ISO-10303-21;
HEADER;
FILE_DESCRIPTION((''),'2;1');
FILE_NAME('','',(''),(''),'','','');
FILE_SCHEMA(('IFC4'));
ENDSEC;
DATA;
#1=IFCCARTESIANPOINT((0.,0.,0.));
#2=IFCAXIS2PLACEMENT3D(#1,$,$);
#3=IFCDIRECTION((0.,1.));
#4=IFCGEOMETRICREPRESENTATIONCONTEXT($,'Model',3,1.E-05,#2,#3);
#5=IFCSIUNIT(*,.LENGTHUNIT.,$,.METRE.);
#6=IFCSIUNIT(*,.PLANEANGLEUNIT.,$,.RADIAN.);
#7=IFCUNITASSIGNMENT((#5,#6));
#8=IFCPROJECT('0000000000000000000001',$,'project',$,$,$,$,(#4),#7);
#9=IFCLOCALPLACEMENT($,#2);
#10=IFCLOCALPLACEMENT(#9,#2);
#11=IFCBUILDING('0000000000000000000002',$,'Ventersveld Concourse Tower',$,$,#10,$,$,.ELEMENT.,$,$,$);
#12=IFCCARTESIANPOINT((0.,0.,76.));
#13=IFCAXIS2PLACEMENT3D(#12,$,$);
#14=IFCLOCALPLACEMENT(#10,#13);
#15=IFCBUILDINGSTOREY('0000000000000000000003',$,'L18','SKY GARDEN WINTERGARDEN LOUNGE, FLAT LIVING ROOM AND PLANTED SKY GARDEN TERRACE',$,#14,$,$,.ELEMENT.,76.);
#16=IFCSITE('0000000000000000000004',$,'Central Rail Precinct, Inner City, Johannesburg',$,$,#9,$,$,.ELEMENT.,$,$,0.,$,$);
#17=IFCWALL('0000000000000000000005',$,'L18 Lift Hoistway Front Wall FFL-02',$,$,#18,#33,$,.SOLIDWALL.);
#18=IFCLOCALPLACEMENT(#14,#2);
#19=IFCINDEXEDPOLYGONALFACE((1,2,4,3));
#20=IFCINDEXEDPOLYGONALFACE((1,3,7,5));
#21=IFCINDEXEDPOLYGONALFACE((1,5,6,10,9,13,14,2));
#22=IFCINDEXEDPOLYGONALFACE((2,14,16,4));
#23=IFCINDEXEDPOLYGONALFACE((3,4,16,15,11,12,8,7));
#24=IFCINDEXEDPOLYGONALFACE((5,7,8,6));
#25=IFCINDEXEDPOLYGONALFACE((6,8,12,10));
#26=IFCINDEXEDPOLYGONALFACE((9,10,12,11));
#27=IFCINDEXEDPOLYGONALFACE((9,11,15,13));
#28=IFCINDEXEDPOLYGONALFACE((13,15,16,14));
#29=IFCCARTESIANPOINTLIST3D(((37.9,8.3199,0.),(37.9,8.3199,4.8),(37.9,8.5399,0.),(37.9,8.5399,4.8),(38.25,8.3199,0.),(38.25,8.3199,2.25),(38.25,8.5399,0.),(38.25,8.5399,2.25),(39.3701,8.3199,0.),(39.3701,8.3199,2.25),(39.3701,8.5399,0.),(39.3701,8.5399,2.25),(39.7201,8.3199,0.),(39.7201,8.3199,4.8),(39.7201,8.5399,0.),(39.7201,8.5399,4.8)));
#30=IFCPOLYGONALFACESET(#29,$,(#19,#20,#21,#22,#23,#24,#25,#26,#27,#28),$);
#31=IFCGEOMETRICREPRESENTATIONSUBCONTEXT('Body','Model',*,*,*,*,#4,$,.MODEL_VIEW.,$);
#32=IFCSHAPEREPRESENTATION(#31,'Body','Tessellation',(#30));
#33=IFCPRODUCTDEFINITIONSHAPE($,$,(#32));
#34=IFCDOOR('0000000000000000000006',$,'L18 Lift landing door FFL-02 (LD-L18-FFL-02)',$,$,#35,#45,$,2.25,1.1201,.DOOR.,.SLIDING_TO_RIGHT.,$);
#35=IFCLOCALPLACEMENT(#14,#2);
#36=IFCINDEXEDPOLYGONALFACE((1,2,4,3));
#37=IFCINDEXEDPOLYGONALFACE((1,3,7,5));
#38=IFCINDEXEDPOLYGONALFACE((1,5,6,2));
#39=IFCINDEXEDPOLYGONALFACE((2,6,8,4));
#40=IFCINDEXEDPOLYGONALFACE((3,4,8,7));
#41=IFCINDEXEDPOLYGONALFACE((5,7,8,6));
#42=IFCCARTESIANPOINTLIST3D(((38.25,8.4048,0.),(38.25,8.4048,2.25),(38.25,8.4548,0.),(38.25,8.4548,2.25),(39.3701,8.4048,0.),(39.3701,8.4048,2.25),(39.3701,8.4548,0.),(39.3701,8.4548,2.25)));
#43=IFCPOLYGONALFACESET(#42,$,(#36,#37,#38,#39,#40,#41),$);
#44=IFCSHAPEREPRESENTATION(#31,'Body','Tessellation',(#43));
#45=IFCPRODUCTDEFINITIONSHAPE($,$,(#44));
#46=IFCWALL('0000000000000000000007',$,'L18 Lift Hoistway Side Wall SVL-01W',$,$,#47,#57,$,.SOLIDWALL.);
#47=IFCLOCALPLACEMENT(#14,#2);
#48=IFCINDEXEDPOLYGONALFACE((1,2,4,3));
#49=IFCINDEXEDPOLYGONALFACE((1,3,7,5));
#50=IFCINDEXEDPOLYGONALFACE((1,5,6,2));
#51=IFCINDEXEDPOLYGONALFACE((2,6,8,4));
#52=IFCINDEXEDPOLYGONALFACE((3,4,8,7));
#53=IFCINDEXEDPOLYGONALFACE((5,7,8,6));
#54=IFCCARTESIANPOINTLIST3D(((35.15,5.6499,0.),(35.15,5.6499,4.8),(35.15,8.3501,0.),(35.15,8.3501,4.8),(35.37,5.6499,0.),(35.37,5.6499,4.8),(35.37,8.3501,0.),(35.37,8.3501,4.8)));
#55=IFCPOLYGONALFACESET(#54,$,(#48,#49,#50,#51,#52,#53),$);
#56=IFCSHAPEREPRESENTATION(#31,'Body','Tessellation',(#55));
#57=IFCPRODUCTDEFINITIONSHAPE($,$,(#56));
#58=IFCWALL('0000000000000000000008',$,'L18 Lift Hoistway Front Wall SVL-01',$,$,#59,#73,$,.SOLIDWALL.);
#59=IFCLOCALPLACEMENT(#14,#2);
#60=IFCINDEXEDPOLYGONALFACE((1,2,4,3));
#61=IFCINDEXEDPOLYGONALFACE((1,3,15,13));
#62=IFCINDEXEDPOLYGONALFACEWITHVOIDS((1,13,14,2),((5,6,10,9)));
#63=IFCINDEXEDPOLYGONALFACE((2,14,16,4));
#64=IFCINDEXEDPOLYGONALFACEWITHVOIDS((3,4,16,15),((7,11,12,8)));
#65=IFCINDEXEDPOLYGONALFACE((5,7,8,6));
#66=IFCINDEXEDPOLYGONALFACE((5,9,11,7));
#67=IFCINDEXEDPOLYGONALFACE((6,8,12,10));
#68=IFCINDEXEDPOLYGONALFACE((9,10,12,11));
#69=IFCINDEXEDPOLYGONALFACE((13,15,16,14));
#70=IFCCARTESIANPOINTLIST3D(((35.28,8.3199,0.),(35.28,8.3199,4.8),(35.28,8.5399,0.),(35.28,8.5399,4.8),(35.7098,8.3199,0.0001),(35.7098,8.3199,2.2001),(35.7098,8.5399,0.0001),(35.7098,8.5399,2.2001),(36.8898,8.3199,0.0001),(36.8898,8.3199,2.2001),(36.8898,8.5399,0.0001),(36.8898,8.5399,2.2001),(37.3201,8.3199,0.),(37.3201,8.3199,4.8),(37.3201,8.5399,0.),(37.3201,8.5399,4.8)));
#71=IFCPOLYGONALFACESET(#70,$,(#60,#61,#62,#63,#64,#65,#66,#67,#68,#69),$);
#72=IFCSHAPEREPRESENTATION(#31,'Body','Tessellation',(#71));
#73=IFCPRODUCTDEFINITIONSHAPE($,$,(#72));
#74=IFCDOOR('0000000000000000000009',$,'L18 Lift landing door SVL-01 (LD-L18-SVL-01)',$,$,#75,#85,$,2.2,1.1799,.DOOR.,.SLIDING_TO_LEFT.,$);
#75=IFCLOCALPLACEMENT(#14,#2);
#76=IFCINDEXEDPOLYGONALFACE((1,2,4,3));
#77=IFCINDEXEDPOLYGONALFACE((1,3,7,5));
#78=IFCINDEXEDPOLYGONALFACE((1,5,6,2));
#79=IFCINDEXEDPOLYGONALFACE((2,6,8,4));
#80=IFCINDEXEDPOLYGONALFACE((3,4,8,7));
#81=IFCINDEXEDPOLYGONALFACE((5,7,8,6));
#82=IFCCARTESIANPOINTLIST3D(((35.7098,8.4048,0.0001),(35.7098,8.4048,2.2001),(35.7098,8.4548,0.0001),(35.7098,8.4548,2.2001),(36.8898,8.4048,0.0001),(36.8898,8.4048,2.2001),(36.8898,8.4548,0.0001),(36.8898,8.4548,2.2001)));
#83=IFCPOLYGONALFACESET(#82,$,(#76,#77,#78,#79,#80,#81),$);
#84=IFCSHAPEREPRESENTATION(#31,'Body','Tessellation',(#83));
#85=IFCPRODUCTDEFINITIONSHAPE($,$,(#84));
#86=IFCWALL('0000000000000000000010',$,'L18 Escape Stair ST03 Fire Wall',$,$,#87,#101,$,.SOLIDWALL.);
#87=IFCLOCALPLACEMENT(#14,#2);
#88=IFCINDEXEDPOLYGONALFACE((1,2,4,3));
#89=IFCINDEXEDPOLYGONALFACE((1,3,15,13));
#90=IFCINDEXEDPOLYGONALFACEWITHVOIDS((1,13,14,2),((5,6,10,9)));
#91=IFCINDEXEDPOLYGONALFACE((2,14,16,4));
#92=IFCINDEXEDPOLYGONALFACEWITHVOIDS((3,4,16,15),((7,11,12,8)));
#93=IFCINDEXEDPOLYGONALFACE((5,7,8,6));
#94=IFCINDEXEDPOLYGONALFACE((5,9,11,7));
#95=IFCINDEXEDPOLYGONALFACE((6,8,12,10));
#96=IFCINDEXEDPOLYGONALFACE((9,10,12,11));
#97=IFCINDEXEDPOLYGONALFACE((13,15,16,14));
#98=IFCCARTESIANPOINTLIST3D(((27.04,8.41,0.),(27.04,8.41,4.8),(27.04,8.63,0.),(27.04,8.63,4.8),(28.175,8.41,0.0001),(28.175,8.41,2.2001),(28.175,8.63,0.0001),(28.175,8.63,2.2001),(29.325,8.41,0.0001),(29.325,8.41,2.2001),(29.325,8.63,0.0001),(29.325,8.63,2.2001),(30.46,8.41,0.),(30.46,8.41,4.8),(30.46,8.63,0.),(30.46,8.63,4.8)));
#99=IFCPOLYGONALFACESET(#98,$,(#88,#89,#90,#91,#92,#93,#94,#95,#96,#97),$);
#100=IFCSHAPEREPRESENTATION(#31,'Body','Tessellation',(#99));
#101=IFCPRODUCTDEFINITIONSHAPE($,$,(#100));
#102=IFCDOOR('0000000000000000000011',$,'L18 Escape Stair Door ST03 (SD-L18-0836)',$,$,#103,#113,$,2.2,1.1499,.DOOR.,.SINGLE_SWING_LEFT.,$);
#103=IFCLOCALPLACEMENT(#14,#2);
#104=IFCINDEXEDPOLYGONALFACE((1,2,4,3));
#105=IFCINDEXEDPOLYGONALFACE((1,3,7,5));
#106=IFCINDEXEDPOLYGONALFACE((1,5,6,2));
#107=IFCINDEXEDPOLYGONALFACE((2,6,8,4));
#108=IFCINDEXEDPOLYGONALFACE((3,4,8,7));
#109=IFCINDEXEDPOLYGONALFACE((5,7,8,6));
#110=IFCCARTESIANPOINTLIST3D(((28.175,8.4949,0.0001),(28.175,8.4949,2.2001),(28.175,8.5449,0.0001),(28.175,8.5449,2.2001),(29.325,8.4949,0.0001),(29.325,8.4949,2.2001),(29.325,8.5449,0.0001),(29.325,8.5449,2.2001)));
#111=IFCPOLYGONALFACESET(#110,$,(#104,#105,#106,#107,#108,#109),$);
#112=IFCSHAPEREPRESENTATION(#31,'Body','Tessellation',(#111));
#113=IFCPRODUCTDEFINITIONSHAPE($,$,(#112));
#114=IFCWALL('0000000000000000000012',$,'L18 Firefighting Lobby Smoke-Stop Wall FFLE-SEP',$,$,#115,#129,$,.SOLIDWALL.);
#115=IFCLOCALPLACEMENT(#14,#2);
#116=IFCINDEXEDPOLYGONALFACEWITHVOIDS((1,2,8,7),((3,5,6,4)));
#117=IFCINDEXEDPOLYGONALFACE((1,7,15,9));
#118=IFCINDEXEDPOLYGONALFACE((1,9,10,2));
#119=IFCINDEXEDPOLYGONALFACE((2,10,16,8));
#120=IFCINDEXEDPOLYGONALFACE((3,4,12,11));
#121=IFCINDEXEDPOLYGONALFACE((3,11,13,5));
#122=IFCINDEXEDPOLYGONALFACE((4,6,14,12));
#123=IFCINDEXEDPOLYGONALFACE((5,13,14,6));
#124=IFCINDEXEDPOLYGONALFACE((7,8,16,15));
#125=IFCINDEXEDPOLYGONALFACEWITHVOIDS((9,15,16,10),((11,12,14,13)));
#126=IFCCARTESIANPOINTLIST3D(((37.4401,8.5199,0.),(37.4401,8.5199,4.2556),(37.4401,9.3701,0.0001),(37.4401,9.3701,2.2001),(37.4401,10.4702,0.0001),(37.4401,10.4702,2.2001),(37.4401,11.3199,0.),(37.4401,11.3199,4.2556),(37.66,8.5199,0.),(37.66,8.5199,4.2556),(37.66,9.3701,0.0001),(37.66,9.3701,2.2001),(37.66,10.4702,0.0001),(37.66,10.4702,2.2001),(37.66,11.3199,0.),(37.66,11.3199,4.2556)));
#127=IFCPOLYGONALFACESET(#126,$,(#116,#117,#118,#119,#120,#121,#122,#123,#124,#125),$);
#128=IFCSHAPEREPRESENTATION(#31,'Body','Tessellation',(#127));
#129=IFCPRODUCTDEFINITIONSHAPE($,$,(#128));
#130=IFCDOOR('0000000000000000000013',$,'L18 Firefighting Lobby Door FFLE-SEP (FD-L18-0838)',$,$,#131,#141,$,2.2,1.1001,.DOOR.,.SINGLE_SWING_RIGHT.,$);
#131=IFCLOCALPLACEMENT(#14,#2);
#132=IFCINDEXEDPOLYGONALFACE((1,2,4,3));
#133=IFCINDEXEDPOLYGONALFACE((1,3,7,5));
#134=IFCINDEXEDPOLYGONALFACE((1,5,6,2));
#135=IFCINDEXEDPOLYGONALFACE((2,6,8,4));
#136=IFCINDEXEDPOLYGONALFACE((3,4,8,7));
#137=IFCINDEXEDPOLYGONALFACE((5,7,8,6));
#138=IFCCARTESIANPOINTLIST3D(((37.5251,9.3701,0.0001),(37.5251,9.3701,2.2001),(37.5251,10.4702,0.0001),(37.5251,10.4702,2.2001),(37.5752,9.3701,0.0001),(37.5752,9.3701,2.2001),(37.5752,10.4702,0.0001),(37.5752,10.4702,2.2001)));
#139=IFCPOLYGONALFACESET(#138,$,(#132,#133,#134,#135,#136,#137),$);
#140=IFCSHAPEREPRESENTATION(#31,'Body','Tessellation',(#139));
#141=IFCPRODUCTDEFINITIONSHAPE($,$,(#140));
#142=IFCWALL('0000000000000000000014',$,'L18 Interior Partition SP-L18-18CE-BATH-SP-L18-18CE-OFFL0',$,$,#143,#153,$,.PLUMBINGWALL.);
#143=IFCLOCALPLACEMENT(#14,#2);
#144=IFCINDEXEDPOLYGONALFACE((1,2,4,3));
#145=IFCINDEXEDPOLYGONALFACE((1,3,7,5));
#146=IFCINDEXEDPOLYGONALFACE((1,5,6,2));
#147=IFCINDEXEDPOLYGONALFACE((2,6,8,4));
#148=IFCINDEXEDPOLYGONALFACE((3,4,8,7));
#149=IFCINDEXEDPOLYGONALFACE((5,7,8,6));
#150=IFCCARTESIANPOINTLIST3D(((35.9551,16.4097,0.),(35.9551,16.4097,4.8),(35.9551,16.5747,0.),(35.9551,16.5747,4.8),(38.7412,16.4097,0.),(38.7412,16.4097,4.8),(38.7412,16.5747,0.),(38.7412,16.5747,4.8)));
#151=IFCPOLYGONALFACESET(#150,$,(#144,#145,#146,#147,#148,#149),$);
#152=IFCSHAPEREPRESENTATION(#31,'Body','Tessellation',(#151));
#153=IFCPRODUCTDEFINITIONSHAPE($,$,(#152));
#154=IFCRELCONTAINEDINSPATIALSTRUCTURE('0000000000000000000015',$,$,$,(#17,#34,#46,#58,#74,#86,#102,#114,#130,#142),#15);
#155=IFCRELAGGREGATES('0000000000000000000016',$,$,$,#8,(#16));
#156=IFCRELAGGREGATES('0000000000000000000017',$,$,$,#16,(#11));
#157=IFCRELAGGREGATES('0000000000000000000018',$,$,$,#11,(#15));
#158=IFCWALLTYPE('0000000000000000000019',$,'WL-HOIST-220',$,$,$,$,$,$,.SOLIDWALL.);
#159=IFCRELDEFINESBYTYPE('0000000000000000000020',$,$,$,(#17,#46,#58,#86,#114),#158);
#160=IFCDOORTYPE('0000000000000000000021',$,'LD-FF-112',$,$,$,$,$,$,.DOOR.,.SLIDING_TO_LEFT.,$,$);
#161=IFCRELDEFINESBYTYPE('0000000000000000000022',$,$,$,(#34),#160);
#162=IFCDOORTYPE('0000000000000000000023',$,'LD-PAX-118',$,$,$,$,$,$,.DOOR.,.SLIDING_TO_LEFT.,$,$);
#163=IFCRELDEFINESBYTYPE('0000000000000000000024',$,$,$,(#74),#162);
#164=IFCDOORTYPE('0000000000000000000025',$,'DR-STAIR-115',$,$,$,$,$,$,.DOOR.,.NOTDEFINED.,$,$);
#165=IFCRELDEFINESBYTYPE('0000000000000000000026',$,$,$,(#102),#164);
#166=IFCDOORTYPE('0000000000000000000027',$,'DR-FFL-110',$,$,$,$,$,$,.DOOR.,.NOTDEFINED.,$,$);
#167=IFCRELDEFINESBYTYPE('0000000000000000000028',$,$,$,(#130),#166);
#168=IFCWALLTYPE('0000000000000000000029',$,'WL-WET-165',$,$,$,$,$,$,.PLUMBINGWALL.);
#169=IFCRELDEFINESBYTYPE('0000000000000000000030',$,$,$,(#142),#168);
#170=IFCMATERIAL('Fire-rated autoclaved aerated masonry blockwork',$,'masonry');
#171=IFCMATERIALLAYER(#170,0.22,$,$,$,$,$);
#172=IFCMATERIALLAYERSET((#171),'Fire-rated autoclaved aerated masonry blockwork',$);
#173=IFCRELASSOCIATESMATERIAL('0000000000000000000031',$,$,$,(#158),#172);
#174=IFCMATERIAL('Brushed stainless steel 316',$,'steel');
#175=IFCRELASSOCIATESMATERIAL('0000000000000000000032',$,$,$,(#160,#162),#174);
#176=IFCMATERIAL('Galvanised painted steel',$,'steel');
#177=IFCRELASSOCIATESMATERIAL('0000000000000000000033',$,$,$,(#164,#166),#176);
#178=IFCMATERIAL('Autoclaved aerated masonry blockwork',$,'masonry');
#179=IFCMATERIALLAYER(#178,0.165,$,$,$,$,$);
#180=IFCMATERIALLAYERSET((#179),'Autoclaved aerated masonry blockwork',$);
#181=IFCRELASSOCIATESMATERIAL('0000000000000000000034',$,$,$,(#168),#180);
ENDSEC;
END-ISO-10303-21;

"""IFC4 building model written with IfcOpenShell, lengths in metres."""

from ifc_helpers import new_model, si_unit, direction, frame, frame_2d, origin, place, context, subcontext, project, spatial, rectangle, extrude, material, layer, layer_set, type_object, element, fill, save


model = new_model("IFC4")

# Units and contexts
model_context = context("Model", 3, precision=1e-05, world=origin(), true_north=direction((0.0, 1.0)))
body_context = subcontext(model_context, "Body", "Model", "MODEL_VIEW")
ifc_project = project(units=[si_unit("LENGTHUNIT", "METRE"), si_unit("PLANEANGLEUNIT", "RADIAN")], contexts=[model_context])

# Site, building, storey
site_placement = place(None, origin())
site = spatial("IfcSite", under=ifc_project, at=site_placement, Name="Central Rail Precinct, Inner City, Johannesburg", CompositionType="ELEMENT", RefElevation=0.0)
building_placement = place(site_placement, origin())
building = spatial("IfcBuilding", under=site, at=building_placement, Name="Ventersveld Concourse Tower", CompositionType="ELEMENT")
storey_placement = place(building_placement, frame((0.0, 0.0, 76.0)))
storey = spatial("IfcBuildingStorey", under=building, at=storey_placement, Name="L18", Description="SKY GARDEN WINTERGARDEN LOUNGE, FLAT LIVING ROOM AND PLANTED SKY GARDEN TERRACE", CompositionType="ELEMENT", Elevation=76.0)

# Shared definitions
ifc_material_1 = material(Name="Fire-rated autoclaved aerated masonry blockwork", Category="masonry")

# Shared definitions
ifc_layer_1 = layer(ifc_material_1, 0.22)
ifc_layer_set_1 = layer_set([ifc_layer_1], Name="Fire-rated autoclaved aerated masonry blockwork")
wall_type_1 = type_object("IfcWallType", Name="WL-HOIST-220", PredefinedType="SOLIDWALL", material=ifc_layer_set_1)

# Wall, opening, door
wall_1_placement = place(storey_placement, frame((37.8999, 8.4299, 0.0), z_axis=(0.0, 0.0, 1.0), x_axis=(1.0, 0.0, 0.0)))
wall_1 = element("IfcWall", 1, at=wall_1_placement, inside=storey, type_object=wall_type_1, Name="L18 Lift Hoistway Front Wall FFL-02", PredefinedType="SOLIDWALL", context=body_context, shape_type="SweptSolid", body=[
    extrude(rectangle(XDim=1.8201, YDim=0.22, at=frame_2d((0.9102, 0.0))), origin(), (0.0, 0.0, 1.0), 4.8),
])
opening_1_placement = place(wall_1_placement, frame((0.3501, 0.0, 0.0)))
opening_1 = element("IfcOpeningElement", 2, at=opening_1_placement, cuts=wall_1, PredefinedType="OPENING", context=body_context, shape_type="SweptSolid", body=[
    extrude(rectangle(XDim=1.1201, YDim=2.25, at=frame_2d((0.5601, 1.125))), frame((0.0, 0.1201, 0.0), z_axis=(0.0, -1.0, 0.0), x_axis=(1.0, 0.0, 0.0)), (0.0, 0.0, 1.0), 0.24),
])
ifc_material_2 = material(Name="Brushed stainless steel 316", Category="steel")
door_type_1 = type_object("IfcDoorType", Name="LD-FF-112", OperationType="SLIDING_TO_LEFT", PredefinedType="DOOR", material=ifc_material_2)
door_1_placement = place(opening_1_placement, origin())
door_1 = element("IfcDoor", 3, at=door_1_placement, inside=storey, type_object=door_type_1, Name="L18 Lift landing door FFL-02 (LD-L18-FFL-02)", OperationType="SLIDING_TO_RIGHT", OverallHeight=2.25, OverallWidth=1.1201, PredefinedType="DOOR", context=body_context, shape_type="SweptSolid", body=[
    extrude(rectangle(XDim=1.1201, YDim=2.25, at=frame_2d((0.5601, 1.125))), frame((0.0, 0.0249, 0.0), z_axis=(0.0, -1.0, 0.0), x_axis=(1.0, 0.0, 0.0)), (0.0, 0.0, 1.0), 0.05),
])
fill(opening_1, door_1)

# Wall
wall_2_placement = place(storey_placement, frame((35.26, 5.6499, 0.0), z_axis=(0.0, 0.0, 1.0), x_axis=(0.0, 1.0, 0.0)))
element("IfcWall", 4, at=wall_2_placement, inside=storey, type_object=wall_type_1, Name="L18 Lift Hoistway Side Wall SVL-01W", PredefinedType="SOLIDWALL", context=body_context, shape_type="SweptSolid", body=[
    extrude(rectangle(XDim=2.7002, YDim=0.22, at=frame_2d((1.3501, 0.0))), origin(), (0.0, 0.0, 1.0), 4.8),
])

# Walls, openings, doors
wall_3_placement = place(storey_placement, frame((35.28, 8.4299, 0.0), z_axis=(0.0, 0.0, 1.0), x_axis=(1.0, 0.0, 0.0)))
wall_3 = element("IfcWall", 5, at=wall_3_placement, inside=storey, type_object=wall_type_1, Name="L18 Lift Hoistway Front Wall SVL-01", PredefinedType="SOLIDWALL", context=body_context, shape_type="SweptSolid", body=[
    extrude(rectangle(XDim=2.04, YDim=0.22, at=frame_2d((1.02, 0.0))), origin(), (0.0, 0.0, 1.0), 4.8),
])
opening_2_placement = place(wall_3_placement, frame((0.4299, 0.0, 0.0)))
opening_2 = element("IfcOpeningElement", 6, at=opening_2_placement, cuts=wall_3, PredefinedType="OPENING", context=body_context, shape_type="SweptSolid", body=[
    extrude(rectangle(XDim=1.1799, YDim=2.2, at=frame_2d((0.5898, 1.1001))), frame((0.0, 0.1201, 0.0), z_axis=(0.0, -1.0, 0.0), x_axis=(1.0, 0.0, 0.0)), (0.0, 0.0, 1.0), 0.24),
])
door_type_2 = type_object("IfcDoorType", Name="LD-PAX-118", OperationType="SLIDING_TO_LEFT", PredefinedType="DOOR", material=ifc_material_2)
door_2_placement = place(opening_2_placement, origin())
door_2 = element("IfcDoor", 7, at=door_2_placement, inside=storey, type_object=door_type_2, Name="L18 Lift landing door SVL-01 (LD-L18-SVL-01)", OperationType="SLIDING_TO_LEFT", OverallHeight=2.2, OverallWidth=1.1799, PredefinedType="DOOR", context=body_context, shape_type="SweptSolid", body=[
    extrude(rectangle(XDim=1.1799, YDim=2.2, at=frame_2d((0.5898, 1.1001))), frame((0.0, 0.0249, 0.0), z_axis=(0.0, -1.0, 0.0), x_axis=(1.0, 0.0, 0.0)), (0.0, 0.0, 1.0), 0.05),
])
fill(opening_2, door_2)
wall_4_placement = place(storey_placement, frame((27.04, 8.52, 0.0), z_axis=(0.0, 0.0, 1.0), x_axis=(1.0, 0.0, 0.0)))
wall_4 = element("IfcWall", 8, at=wall_4_placement, inside=storey, type_object=wall_type_1, Name="L18 Escape Stair ST03 Fire Wall", PredefinedType="SOLIDWALL", context=body_context, shape_type="SweptSolid", body=[
    extrude(rectangle(XDim=3.4199, YDim=0.22, at=frame_2d((1.71, 0.0))), origin(), (0.0, 0.0, 1.0), 4.8),
])
opening_3_placement = place(wall_4_placement, frame((1.135, 0.0, 0.0)))
opening_3 = element("IfcOpeningElement", 9, at=opening_3_placement, cuts=wall_4, PredefinedType="OPENING", context=body_context, shape_type="SweptSolid", body=[
    extrude(rectangle(XDim=1.1499, YDim=2.2, at=frame_2d((0.575, 1.1001))), frame((0.0, 0.1201, 0.0), z_axis=(0.0, -1.0, 0.0), x_axis=(1.0, 0.0, 0.0)), (0.0, 0.0, 1.0), 0.24),
])
ifc_material_3 = material(Name="Galvanised painted steel", Category="steel")
door_type_3 = type_object("IfcDoorType", Name="DR-STAIR-115", OperationType="NOTDEFINED", PredefinedType="DOOR", material=ifc_material_3)
door_3_placement = place(opening_3_placement, origin())
door_3 = element("IfcDoor", 10, at=door_3_placement, inside=storey, type_object=door_type_3, Name="L18 Escape Stair Door ST03 (SD-L18-0836)", OperationType="SINGLE_SWING_LEFT", OverallHeight=2.2, OverallWidth=1.1499, PredefinedType="DOOR", context=body_context, shape_type="SweptSolid", body=[
    extrude(rectangle(XDim=1.1499, YDim=2.2, at=frame_2d((0.575, 1.1001))), frame((0.0, 0.0249, 0.0), z_axis=(0.0, -1.0, 0.0), x_axis=(1.0, 0.0, 0.0)), (0.0, 0.0, 1.0), 0.05),
])
fill(opening_3, door_3)
wall_5_placement = place(storey_placement, frame((37.55, 8.52, 0.0), z_axis=(0.0, 0.0, 1.0), x_axis=(0.0, 1.0, 0.0)))
wall_5 = element("IfcWall", 11, at=wall_5_placement, inside=storey, type_object=wall_type_1, Name="L18 Firefighting Lobby Smoke-Stop Wall FFLE-SEP", PredefinedType="SOLIDWALL", context=body_context, shape_type="SweptSolid", body=[
    extrude(rectangle(XDim=2.8, YDim=0.22, at=frame_2d((1.3999, 0.0))), origin(), (0.0, 0.0, 1.0), 4.2556),
])
opening_4_placement = place(wall_5_placement, frame((0.8501, 0.0, 0.0)))
opening_4 = element("IfcOpeningElement", 12, at=opening_4_placement, cuts=wall_5, PredefinedType="OPENING", context=body_context, shape_type="SweptSolid", body=[
    extrude(rectangle(XDim=1.1001, YDim=2.2, at=frame_2d((0.55, 1.1001))), frame((0.0, 0.1201, 0.0), z_axis=(0.0, -1.0, 0.0), x_axis=(1.0, 0.0, 0.0)), (0.0, 0.0, 1.0), 0.24),
])
door_type_4 = type_object("IfcDoorType", Name="DR-FFL-110", OperationType="NOTDEFINED", PredefinedType="DOOR", material=ifc_material_3)
door_4_placement = place(opening_4_placement, origin())
door_4 = element("IfcDoor", 13, at=door_4_placement, inside=storey, type_object=door_type_4, Name="L18 Firefighting Lobby Door FFLE-SEP (FD-L18-0838)", OperationType="SINGLE_SWING_RIGHT", OverallHeight=2.2, OverallWidth=1.1001, PredefinedType="DOOR", context=body_context, shape_type="SweptSolid", body=[
    extrude(rectangle(XDim=1.1001, YDim=2.2, at=frame_2d((0.55, 1.1001))), frame((0.0, 0.0249, 0.0), z_axis=(0.0, -1.0, 0.0), x_axis=(1.0, 0.0, 0.0)), (0.0, 0.0, 1.0), 0.05),
])
fill(opening_4, door_4)

# Wall
ifc_material_4 = material(Name="Autoclaved aerated masonry blockwork", Category="masonry")
ifc_layer_2 = layer(ifc_material_4, 0.165)
ifc_layer_set_2 = layer_set([ifc_layer_2], Name="Autoclaved aerated masonry blockwork")
wall_type_2 = type_object("IfcWallType", Name="WL-WET-165", PredefinedType="PLUMBINGWALL", material=ifc_layer_set_2)
wall_6_placement = place(storey_placement, frame((35.9551, 16.4922, 0.0), z_axis=(0.0, 0.0, 1.0), x_axis=(1.0, 0.0, 0.0)))
element("IfcWall", 14, at=wall_6_placement, inside=storey, type_object=wall_type_2, Name="L18 Interior Partition SP-L18-18CE-BATH-SP-L18-18CE-OFFL0", PredefinedType="PLUMBINGWALL", context=body_context, shape_type="SweptSolid", body=[
    extrude(rectangle(XDim=2.7861, YDim=0.165, at=frame_2d((1.3931, 0.0))), origin(), (0.0, 0.0, 1.0), 4.8),
])

save(model, "model.ifc")
